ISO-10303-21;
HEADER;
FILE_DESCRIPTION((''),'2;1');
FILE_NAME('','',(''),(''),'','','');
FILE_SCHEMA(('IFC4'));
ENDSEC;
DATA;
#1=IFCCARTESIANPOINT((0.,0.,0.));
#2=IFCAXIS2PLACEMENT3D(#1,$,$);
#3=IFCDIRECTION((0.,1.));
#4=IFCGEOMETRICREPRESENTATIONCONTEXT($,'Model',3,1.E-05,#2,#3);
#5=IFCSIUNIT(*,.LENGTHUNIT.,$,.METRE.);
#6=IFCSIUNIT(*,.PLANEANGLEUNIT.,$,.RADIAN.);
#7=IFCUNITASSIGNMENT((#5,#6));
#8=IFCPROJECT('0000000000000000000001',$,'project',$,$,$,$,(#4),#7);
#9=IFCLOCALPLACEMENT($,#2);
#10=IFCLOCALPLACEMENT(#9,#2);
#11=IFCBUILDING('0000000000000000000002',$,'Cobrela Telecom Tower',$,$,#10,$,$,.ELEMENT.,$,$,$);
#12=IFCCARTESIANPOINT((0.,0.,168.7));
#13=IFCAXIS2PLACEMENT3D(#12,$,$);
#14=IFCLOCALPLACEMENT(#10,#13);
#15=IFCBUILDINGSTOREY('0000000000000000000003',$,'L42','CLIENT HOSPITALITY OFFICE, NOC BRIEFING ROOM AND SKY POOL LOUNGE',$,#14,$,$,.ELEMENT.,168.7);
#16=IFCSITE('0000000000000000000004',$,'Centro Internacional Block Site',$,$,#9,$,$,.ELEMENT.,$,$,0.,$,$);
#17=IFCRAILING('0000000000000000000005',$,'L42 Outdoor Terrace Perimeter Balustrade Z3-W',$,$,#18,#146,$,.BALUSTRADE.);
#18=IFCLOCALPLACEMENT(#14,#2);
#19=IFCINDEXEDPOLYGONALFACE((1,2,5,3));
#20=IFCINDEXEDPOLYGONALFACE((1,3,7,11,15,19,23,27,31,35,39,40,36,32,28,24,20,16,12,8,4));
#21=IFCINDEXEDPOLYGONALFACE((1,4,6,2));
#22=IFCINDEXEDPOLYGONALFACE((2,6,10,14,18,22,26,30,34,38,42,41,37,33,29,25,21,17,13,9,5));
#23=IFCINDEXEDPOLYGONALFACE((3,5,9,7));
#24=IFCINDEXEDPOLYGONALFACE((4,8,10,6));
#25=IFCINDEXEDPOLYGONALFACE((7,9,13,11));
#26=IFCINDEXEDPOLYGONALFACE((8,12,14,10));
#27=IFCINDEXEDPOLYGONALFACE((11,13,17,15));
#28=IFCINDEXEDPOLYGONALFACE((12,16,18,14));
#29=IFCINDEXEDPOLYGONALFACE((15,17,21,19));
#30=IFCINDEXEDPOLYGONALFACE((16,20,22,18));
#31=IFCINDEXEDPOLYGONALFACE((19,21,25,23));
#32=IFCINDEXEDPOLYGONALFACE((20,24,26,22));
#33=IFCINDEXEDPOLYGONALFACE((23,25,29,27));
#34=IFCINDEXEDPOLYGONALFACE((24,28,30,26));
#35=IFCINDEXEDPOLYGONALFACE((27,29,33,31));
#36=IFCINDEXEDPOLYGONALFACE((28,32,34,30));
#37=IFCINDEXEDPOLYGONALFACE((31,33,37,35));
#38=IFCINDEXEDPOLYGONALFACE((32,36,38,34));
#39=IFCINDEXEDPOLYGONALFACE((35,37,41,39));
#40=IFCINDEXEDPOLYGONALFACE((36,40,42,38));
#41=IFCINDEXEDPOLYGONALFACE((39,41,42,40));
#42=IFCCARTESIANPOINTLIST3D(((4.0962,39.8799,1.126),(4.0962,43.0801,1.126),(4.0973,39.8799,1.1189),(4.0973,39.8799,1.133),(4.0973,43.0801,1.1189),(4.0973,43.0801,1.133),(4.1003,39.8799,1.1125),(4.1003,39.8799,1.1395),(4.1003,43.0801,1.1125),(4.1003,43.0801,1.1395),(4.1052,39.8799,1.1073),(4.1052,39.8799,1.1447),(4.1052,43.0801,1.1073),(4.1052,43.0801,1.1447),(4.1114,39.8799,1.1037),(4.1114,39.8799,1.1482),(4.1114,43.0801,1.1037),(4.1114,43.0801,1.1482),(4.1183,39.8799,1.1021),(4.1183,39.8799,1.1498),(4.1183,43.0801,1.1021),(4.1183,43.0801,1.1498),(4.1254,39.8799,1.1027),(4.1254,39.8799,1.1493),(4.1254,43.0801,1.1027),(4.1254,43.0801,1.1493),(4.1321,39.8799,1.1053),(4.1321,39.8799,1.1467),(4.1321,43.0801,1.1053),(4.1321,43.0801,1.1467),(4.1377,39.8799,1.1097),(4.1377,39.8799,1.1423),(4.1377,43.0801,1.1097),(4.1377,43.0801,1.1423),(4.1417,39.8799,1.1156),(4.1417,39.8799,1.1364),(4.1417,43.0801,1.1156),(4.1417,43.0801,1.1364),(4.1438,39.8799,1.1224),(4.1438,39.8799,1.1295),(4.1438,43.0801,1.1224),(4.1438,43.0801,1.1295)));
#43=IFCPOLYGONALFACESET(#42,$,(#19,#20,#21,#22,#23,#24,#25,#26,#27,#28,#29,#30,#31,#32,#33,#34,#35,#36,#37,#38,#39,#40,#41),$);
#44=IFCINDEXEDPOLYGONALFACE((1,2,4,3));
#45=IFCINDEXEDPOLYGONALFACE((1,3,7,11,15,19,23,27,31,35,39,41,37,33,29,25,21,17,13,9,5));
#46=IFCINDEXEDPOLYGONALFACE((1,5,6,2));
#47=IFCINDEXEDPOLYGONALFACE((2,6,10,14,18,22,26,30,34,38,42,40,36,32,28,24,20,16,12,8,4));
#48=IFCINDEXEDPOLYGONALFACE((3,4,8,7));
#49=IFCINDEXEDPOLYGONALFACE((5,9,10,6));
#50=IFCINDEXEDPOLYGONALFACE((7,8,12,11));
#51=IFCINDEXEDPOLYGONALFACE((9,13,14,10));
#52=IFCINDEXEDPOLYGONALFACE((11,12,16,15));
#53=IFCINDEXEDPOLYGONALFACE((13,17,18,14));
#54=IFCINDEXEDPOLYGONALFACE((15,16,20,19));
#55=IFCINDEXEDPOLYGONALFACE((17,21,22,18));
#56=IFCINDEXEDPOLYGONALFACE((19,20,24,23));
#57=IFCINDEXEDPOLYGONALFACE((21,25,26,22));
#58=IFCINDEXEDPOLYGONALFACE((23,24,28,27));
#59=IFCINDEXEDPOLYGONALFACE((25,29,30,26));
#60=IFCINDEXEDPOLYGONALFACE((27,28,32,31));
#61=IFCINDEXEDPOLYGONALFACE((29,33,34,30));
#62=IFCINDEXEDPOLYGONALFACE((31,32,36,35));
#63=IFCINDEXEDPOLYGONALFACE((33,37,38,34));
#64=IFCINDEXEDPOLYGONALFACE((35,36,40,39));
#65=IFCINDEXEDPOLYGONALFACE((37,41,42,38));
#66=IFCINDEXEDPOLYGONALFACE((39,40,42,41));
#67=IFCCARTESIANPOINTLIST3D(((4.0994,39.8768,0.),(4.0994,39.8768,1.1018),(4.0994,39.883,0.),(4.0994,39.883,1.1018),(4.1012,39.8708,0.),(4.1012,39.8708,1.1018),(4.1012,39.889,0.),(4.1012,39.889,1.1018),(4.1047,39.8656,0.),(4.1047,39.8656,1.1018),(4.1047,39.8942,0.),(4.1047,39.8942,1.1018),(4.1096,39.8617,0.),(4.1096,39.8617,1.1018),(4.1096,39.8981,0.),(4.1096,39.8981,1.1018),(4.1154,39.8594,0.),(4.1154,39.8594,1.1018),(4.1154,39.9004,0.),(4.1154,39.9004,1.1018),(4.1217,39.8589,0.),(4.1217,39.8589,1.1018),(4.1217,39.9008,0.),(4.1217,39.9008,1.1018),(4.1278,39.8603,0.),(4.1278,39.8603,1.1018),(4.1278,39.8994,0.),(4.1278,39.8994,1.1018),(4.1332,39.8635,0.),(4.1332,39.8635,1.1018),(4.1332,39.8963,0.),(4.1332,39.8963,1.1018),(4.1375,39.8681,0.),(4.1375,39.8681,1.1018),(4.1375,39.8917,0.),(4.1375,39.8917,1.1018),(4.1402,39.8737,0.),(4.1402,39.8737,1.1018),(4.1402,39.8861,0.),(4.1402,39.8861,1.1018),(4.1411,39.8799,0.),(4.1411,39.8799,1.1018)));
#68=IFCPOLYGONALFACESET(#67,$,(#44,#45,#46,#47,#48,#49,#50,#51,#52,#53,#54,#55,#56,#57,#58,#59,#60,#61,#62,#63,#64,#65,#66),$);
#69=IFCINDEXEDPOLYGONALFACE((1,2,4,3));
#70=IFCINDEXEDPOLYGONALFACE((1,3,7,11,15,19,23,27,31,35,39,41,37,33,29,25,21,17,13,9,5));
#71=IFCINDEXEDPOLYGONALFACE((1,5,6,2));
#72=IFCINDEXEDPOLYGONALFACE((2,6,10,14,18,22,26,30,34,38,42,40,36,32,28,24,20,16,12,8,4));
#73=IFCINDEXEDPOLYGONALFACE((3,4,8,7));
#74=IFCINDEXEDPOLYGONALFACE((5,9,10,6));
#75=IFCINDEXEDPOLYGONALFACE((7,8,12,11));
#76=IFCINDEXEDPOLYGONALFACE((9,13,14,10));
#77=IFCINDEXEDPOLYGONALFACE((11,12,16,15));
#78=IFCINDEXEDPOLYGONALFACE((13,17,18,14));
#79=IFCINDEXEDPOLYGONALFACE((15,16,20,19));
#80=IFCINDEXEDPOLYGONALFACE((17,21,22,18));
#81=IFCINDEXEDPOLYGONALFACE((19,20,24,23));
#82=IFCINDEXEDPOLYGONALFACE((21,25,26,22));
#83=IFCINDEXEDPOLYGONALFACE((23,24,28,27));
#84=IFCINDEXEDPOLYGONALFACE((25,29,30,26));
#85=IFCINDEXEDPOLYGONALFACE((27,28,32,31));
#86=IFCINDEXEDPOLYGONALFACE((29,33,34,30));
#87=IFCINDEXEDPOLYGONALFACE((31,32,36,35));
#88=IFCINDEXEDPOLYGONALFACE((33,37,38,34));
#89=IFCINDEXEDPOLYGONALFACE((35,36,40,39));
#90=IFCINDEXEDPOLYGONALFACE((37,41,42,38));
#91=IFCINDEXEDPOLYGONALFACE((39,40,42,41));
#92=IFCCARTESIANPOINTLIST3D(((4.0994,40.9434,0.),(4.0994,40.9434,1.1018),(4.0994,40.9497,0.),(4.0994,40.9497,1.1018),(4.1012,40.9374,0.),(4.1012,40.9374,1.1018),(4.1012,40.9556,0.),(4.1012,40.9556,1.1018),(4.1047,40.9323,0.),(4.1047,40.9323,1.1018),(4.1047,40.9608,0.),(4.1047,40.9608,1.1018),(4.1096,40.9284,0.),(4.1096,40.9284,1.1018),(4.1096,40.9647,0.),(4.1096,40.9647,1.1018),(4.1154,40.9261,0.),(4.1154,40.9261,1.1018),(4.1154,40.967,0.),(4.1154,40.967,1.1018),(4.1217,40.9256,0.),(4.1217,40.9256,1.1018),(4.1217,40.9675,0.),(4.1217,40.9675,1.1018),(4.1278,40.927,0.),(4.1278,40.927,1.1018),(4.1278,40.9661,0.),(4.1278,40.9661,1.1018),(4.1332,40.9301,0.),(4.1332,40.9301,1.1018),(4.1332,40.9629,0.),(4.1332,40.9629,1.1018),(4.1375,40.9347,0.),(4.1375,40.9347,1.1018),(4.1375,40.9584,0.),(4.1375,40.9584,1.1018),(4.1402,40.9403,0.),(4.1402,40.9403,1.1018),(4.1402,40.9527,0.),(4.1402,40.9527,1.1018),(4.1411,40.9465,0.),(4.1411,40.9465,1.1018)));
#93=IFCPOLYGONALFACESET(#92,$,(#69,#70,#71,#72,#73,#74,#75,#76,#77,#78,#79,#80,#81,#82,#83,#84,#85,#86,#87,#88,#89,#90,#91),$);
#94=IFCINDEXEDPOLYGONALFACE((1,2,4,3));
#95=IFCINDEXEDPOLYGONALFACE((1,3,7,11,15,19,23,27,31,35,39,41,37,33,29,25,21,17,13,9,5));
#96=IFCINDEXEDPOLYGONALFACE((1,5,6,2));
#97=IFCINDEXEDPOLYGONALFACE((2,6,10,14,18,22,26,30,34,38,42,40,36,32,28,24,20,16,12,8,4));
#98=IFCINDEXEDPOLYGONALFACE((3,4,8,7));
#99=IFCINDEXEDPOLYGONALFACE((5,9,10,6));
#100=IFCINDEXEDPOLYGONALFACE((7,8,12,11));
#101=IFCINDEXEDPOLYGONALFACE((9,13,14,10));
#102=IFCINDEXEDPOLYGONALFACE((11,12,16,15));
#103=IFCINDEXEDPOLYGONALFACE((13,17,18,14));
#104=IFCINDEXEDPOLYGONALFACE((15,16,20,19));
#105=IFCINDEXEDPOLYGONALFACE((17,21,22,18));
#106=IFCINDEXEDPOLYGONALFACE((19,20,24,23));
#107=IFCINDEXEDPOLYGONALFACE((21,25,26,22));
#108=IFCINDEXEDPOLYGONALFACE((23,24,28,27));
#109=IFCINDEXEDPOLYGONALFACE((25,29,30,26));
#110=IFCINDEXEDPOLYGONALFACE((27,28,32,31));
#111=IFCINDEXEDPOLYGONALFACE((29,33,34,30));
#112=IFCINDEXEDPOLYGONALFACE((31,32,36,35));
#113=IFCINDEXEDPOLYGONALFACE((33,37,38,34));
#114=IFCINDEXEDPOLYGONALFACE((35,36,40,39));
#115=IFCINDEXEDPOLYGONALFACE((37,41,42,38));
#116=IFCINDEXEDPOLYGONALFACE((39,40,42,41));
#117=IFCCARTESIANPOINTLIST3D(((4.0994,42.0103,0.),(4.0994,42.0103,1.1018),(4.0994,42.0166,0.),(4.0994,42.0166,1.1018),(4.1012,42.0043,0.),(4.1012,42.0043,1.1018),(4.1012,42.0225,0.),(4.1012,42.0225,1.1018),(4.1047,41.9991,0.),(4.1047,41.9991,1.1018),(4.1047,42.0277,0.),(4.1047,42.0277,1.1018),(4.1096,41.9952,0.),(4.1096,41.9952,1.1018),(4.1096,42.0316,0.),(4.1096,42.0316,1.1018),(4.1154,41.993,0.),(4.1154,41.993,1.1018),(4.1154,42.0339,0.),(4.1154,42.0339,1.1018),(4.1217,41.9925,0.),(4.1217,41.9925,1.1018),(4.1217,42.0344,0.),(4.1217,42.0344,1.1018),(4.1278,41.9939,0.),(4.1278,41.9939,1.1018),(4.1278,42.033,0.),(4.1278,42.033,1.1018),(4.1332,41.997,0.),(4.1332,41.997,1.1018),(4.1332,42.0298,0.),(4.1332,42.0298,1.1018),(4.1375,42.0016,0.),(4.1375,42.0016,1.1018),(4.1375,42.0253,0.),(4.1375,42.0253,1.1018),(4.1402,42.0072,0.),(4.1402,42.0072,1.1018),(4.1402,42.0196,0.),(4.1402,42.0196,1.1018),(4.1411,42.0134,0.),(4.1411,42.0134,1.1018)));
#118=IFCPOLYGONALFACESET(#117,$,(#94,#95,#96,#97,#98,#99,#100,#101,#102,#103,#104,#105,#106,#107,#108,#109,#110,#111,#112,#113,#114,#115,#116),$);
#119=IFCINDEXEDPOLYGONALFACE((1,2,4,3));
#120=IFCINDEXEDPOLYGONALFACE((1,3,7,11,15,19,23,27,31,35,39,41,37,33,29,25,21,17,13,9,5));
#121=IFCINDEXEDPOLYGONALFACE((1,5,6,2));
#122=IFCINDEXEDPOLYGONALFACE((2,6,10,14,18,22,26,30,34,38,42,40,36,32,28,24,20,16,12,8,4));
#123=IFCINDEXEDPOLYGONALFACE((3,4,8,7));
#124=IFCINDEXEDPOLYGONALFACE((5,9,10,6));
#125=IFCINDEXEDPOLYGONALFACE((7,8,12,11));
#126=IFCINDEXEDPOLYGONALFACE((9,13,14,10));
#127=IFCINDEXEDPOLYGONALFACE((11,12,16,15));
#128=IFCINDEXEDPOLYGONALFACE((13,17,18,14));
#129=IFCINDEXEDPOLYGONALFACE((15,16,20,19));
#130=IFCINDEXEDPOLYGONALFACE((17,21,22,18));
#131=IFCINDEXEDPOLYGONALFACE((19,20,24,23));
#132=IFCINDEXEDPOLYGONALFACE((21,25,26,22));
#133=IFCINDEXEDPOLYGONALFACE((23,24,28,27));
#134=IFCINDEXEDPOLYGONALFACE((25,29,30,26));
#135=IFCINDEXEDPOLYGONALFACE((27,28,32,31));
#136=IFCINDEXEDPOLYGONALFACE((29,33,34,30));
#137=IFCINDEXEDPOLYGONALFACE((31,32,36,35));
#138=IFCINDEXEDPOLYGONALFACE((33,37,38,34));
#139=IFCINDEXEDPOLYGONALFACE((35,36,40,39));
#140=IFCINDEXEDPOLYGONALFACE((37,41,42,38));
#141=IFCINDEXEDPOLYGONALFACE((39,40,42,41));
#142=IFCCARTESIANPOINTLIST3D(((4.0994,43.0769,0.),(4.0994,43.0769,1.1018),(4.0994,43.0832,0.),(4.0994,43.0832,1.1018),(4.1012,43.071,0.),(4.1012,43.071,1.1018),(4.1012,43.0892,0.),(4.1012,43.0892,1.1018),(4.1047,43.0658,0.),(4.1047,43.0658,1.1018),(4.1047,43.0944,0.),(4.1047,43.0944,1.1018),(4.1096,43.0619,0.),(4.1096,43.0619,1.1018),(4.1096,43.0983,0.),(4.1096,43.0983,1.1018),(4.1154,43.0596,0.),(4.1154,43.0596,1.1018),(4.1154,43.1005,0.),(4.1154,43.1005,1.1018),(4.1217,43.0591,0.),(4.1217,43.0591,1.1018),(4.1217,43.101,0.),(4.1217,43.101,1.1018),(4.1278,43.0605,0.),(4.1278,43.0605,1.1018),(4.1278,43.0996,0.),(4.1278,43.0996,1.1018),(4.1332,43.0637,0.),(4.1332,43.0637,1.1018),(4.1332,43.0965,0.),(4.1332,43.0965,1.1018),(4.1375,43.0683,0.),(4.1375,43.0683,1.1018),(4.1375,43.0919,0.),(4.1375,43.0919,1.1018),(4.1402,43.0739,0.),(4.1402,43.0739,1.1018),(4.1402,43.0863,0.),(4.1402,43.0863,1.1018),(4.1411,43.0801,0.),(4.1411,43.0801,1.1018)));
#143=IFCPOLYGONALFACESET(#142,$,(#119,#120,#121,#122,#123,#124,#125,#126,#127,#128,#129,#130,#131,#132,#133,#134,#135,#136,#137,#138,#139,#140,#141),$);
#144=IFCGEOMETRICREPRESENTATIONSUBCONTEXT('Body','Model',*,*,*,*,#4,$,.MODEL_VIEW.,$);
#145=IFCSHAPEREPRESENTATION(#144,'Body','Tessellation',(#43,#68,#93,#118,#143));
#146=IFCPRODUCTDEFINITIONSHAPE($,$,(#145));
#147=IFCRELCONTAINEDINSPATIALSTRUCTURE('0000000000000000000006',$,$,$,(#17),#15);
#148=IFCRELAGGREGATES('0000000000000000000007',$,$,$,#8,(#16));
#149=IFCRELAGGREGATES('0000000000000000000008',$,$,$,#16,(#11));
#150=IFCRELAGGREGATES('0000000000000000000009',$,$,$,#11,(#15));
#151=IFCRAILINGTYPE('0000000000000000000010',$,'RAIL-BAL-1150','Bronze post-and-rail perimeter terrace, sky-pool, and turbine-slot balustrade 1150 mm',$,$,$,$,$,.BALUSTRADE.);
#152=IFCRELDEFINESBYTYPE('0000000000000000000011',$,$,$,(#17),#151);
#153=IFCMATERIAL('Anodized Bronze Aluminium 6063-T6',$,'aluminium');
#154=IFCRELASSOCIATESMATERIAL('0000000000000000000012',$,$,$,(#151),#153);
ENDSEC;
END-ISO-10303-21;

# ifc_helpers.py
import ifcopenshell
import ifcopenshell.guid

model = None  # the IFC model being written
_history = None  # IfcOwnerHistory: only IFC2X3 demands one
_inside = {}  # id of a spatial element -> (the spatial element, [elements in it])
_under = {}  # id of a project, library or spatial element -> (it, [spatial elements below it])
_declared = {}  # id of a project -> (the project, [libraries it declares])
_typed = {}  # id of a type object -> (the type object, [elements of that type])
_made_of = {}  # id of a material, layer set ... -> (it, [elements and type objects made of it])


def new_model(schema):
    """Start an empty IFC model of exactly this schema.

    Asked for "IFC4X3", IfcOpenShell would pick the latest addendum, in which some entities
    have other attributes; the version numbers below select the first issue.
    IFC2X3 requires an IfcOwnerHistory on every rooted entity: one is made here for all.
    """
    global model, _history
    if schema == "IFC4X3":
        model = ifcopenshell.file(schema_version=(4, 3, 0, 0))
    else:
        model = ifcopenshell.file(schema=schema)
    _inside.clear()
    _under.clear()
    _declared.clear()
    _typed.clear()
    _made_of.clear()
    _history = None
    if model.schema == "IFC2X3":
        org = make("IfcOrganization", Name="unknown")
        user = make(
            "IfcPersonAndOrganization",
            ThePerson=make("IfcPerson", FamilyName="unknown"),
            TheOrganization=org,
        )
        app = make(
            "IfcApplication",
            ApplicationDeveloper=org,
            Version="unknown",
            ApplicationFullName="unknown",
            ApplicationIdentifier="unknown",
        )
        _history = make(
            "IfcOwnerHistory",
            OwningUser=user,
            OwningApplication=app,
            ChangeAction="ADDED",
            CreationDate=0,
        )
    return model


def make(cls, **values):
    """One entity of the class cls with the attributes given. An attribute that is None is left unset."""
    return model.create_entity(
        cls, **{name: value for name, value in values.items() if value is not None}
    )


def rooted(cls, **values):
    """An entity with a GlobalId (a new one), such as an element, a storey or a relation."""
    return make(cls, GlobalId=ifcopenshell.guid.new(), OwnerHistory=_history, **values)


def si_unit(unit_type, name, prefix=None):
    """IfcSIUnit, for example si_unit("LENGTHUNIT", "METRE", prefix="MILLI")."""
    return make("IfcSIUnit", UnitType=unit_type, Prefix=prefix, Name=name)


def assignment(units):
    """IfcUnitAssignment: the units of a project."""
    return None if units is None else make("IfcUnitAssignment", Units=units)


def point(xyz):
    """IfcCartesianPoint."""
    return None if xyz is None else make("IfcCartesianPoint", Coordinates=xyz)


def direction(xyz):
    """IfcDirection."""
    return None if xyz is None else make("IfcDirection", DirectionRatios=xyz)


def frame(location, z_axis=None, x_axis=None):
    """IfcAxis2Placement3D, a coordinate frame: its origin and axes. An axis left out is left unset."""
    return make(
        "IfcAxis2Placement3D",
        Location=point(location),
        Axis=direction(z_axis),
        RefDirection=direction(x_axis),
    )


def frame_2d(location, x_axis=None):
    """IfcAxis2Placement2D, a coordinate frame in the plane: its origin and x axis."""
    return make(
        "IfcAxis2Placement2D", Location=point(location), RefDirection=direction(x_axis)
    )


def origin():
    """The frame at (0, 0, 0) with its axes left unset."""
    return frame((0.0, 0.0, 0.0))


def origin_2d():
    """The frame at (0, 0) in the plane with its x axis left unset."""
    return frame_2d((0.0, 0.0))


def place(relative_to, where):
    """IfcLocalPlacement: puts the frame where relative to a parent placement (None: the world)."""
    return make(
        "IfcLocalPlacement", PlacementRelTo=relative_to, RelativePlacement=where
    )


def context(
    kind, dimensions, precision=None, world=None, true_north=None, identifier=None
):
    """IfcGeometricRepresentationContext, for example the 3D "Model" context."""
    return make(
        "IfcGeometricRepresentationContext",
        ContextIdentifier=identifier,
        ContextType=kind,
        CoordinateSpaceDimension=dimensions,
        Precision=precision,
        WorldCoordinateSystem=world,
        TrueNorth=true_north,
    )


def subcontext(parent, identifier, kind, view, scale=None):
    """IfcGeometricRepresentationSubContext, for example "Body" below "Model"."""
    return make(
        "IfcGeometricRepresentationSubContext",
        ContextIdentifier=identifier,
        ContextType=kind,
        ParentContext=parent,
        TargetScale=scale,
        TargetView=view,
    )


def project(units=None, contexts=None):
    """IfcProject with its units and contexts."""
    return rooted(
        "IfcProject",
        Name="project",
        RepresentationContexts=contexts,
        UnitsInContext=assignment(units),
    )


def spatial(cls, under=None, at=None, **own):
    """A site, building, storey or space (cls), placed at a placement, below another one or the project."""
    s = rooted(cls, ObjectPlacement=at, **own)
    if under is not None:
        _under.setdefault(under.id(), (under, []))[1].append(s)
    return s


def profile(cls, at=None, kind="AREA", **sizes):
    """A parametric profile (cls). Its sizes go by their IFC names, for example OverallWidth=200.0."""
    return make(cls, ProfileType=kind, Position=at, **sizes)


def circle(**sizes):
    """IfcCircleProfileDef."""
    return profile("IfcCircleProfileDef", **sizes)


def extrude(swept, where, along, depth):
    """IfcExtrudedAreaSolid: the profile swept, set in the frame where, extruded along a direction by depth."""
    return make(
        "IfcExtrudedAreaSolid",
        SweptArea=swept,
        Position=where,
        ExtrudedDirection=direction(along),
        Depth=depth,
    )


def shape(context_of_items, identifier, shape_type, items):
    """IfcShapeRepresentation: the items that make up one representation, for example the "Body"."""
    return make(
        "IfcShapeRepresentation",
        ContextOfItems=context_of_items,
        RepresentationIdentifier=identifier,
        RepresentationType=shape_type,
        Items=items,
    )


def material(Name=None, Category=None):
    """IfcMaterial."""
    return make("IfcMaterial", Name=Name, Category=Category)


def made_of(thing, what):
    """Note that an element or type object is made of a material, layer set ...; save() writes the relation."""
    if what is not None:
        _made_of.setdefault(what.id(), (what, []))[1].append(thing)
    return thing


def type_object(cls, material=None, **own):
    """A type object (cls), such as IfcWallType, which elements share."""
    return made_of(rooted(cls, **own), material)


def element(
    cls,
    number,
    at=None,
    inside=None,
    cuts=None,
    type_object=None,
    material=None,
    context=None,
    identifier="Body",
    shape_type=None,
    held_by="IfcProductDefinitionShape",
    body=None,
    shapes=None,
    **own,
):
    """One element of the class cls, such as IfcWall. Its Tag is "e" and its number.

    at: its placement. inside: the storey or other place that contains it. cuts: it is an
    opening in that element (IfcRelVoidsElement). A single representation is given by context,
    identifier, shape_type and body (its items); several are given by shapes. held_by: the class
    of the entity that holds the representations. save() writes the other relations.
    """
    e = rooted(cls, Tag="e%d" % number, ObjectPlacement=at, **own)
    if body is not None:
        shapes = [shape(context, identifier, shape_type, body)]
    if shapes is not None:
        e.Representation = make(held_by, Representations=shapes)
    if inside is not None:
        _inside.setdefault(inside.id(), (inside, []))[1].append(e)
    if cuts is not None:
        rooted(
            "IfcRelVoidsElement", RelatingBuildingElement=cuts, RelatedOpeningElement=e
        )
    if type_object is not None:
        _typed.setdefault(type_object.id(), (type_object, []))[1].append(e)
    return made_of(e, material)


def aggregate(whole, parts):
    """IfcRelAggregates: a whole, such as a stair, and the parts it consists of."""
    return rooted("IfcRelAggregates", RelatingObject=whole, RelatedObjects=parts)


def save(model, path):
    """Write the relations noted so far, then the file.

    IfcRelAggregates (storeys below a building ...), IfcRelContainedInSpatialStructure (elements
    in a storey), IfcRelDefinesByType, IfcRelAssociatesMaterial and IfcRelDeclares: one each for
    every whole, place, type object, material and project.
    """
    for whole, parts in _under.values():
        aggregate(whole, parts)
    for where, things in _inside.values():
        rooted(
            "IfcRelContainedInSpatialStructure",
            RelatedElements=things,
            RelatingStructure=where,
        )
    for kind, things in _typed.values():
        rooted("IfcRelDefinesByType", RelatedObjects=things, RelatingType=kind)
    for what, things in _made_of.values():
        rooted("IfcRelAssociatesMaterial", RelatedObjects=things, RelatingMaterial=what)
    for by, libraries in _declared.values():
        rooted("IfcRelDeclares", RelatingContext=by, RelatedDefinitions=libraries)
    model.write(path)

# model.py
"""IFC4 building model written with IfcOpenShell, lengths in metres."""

from ifc_helpers import new_model, si_unit, direction, frame, origin, origin_2d, place, context, subcontext, project, spatial, circle, extrude, material, type_object, element, save


model = new_model("IFC4")

# Units and contexts
model_context = context("Model", 3, precision=1e-05, world=origin(), true_north=direction((0.0, 1.0)))
body_context = subcontext(model_context, "Body", "Model", "MODEL_VIEW")
ifc_project = project(units=[si_unit("LENGTHUNIT", "METRE"), si_unit("PLANEANGLEUNIT", "RADIAN")], contexts=[model_context])

# Site, building, storey
site_placement = place(None, origin())
site = spatial("IfcSite", under=ifc_project, at=site_placement, Name="Centro Internacional Block Site", CompositionType="ELEMENT", RefElevation=0.0)
building_placement = place(site_placement, origin())
building = spatial("IfcBuilding", under=site, at=building_placement, Name="Cobrela Telecom Tower", CompositionType="ELEMENT")
storey_placement = place(building_placement, frame((0.0, 0.0, 168.7)))
storey = spatial("IfcBuildingStorey", under=building, at=storey_placement, Name="L42", Description="CLIENT HOSPITALITY OFFICE, NOC BRIEFING ROOM AND SKY POOL LOUNGE", CompositionType="ELEMENT", Elevation=168.7)

# Shared definitions
ifc_material_1 = material(Name="Anodized Bronze Aluminium 6063-T6", Category="aluminium")

# Railing
railing_type_1 = type_object("IfcRailingType", Name="RAIL-BAL-1150", Description="Bronze post-and-rail perimeter terrace, sky-pool, and turbine-slot balustrade 1150 mm", PredefinedType="BALUSTRADE", material=ifc_material_1)
railing_1_placement = place(storey_placement, frame((4.1201, 39.8799, 0.0)))
element("IfcRailing", 1, at=railing_1_placement, inside=storey, type_object=railing_type_1, Name="L42 Outdoor Terrace Perimeter Balustrade Z3-W", PredefinedType="BALUSTRADE", context=body_context, shape_type="SweptSolid", body=[
    extrude(circle(Radius=0.0239, at=origin_2d()), frame((0.0, 0.0, 1.126), z_axis=(0.0, 1.0, 0.0), x_axis=(-1.0, 0.0, 0.0)), (0.0, 0.0, 1.0), 3.2002),
    extrude(circle(Radius=0.021, at=origin_2d()), origin(), (0.0, 0.0, 1.0), 1.1018),
    extrude(circle(Radius=0.021, at=origin_2d()), frame((0.0, 1.0667, 0.0)), (0.0, 0.0, 1.0), 1.1018),
    extrude(circle(Radius=0.021, at=origin_2d()), frame((0.0, 2.1335, 0.0)), (0.0, 0.0, 1.0), 1.1018),
    extrude(circle(Radius=0.021, at=origin_2d()), frame((0.0, 3.2002, 0.0)), (0.0, 0.0, 1.0), 1.1018),
])

save(model, "model.ifc")
